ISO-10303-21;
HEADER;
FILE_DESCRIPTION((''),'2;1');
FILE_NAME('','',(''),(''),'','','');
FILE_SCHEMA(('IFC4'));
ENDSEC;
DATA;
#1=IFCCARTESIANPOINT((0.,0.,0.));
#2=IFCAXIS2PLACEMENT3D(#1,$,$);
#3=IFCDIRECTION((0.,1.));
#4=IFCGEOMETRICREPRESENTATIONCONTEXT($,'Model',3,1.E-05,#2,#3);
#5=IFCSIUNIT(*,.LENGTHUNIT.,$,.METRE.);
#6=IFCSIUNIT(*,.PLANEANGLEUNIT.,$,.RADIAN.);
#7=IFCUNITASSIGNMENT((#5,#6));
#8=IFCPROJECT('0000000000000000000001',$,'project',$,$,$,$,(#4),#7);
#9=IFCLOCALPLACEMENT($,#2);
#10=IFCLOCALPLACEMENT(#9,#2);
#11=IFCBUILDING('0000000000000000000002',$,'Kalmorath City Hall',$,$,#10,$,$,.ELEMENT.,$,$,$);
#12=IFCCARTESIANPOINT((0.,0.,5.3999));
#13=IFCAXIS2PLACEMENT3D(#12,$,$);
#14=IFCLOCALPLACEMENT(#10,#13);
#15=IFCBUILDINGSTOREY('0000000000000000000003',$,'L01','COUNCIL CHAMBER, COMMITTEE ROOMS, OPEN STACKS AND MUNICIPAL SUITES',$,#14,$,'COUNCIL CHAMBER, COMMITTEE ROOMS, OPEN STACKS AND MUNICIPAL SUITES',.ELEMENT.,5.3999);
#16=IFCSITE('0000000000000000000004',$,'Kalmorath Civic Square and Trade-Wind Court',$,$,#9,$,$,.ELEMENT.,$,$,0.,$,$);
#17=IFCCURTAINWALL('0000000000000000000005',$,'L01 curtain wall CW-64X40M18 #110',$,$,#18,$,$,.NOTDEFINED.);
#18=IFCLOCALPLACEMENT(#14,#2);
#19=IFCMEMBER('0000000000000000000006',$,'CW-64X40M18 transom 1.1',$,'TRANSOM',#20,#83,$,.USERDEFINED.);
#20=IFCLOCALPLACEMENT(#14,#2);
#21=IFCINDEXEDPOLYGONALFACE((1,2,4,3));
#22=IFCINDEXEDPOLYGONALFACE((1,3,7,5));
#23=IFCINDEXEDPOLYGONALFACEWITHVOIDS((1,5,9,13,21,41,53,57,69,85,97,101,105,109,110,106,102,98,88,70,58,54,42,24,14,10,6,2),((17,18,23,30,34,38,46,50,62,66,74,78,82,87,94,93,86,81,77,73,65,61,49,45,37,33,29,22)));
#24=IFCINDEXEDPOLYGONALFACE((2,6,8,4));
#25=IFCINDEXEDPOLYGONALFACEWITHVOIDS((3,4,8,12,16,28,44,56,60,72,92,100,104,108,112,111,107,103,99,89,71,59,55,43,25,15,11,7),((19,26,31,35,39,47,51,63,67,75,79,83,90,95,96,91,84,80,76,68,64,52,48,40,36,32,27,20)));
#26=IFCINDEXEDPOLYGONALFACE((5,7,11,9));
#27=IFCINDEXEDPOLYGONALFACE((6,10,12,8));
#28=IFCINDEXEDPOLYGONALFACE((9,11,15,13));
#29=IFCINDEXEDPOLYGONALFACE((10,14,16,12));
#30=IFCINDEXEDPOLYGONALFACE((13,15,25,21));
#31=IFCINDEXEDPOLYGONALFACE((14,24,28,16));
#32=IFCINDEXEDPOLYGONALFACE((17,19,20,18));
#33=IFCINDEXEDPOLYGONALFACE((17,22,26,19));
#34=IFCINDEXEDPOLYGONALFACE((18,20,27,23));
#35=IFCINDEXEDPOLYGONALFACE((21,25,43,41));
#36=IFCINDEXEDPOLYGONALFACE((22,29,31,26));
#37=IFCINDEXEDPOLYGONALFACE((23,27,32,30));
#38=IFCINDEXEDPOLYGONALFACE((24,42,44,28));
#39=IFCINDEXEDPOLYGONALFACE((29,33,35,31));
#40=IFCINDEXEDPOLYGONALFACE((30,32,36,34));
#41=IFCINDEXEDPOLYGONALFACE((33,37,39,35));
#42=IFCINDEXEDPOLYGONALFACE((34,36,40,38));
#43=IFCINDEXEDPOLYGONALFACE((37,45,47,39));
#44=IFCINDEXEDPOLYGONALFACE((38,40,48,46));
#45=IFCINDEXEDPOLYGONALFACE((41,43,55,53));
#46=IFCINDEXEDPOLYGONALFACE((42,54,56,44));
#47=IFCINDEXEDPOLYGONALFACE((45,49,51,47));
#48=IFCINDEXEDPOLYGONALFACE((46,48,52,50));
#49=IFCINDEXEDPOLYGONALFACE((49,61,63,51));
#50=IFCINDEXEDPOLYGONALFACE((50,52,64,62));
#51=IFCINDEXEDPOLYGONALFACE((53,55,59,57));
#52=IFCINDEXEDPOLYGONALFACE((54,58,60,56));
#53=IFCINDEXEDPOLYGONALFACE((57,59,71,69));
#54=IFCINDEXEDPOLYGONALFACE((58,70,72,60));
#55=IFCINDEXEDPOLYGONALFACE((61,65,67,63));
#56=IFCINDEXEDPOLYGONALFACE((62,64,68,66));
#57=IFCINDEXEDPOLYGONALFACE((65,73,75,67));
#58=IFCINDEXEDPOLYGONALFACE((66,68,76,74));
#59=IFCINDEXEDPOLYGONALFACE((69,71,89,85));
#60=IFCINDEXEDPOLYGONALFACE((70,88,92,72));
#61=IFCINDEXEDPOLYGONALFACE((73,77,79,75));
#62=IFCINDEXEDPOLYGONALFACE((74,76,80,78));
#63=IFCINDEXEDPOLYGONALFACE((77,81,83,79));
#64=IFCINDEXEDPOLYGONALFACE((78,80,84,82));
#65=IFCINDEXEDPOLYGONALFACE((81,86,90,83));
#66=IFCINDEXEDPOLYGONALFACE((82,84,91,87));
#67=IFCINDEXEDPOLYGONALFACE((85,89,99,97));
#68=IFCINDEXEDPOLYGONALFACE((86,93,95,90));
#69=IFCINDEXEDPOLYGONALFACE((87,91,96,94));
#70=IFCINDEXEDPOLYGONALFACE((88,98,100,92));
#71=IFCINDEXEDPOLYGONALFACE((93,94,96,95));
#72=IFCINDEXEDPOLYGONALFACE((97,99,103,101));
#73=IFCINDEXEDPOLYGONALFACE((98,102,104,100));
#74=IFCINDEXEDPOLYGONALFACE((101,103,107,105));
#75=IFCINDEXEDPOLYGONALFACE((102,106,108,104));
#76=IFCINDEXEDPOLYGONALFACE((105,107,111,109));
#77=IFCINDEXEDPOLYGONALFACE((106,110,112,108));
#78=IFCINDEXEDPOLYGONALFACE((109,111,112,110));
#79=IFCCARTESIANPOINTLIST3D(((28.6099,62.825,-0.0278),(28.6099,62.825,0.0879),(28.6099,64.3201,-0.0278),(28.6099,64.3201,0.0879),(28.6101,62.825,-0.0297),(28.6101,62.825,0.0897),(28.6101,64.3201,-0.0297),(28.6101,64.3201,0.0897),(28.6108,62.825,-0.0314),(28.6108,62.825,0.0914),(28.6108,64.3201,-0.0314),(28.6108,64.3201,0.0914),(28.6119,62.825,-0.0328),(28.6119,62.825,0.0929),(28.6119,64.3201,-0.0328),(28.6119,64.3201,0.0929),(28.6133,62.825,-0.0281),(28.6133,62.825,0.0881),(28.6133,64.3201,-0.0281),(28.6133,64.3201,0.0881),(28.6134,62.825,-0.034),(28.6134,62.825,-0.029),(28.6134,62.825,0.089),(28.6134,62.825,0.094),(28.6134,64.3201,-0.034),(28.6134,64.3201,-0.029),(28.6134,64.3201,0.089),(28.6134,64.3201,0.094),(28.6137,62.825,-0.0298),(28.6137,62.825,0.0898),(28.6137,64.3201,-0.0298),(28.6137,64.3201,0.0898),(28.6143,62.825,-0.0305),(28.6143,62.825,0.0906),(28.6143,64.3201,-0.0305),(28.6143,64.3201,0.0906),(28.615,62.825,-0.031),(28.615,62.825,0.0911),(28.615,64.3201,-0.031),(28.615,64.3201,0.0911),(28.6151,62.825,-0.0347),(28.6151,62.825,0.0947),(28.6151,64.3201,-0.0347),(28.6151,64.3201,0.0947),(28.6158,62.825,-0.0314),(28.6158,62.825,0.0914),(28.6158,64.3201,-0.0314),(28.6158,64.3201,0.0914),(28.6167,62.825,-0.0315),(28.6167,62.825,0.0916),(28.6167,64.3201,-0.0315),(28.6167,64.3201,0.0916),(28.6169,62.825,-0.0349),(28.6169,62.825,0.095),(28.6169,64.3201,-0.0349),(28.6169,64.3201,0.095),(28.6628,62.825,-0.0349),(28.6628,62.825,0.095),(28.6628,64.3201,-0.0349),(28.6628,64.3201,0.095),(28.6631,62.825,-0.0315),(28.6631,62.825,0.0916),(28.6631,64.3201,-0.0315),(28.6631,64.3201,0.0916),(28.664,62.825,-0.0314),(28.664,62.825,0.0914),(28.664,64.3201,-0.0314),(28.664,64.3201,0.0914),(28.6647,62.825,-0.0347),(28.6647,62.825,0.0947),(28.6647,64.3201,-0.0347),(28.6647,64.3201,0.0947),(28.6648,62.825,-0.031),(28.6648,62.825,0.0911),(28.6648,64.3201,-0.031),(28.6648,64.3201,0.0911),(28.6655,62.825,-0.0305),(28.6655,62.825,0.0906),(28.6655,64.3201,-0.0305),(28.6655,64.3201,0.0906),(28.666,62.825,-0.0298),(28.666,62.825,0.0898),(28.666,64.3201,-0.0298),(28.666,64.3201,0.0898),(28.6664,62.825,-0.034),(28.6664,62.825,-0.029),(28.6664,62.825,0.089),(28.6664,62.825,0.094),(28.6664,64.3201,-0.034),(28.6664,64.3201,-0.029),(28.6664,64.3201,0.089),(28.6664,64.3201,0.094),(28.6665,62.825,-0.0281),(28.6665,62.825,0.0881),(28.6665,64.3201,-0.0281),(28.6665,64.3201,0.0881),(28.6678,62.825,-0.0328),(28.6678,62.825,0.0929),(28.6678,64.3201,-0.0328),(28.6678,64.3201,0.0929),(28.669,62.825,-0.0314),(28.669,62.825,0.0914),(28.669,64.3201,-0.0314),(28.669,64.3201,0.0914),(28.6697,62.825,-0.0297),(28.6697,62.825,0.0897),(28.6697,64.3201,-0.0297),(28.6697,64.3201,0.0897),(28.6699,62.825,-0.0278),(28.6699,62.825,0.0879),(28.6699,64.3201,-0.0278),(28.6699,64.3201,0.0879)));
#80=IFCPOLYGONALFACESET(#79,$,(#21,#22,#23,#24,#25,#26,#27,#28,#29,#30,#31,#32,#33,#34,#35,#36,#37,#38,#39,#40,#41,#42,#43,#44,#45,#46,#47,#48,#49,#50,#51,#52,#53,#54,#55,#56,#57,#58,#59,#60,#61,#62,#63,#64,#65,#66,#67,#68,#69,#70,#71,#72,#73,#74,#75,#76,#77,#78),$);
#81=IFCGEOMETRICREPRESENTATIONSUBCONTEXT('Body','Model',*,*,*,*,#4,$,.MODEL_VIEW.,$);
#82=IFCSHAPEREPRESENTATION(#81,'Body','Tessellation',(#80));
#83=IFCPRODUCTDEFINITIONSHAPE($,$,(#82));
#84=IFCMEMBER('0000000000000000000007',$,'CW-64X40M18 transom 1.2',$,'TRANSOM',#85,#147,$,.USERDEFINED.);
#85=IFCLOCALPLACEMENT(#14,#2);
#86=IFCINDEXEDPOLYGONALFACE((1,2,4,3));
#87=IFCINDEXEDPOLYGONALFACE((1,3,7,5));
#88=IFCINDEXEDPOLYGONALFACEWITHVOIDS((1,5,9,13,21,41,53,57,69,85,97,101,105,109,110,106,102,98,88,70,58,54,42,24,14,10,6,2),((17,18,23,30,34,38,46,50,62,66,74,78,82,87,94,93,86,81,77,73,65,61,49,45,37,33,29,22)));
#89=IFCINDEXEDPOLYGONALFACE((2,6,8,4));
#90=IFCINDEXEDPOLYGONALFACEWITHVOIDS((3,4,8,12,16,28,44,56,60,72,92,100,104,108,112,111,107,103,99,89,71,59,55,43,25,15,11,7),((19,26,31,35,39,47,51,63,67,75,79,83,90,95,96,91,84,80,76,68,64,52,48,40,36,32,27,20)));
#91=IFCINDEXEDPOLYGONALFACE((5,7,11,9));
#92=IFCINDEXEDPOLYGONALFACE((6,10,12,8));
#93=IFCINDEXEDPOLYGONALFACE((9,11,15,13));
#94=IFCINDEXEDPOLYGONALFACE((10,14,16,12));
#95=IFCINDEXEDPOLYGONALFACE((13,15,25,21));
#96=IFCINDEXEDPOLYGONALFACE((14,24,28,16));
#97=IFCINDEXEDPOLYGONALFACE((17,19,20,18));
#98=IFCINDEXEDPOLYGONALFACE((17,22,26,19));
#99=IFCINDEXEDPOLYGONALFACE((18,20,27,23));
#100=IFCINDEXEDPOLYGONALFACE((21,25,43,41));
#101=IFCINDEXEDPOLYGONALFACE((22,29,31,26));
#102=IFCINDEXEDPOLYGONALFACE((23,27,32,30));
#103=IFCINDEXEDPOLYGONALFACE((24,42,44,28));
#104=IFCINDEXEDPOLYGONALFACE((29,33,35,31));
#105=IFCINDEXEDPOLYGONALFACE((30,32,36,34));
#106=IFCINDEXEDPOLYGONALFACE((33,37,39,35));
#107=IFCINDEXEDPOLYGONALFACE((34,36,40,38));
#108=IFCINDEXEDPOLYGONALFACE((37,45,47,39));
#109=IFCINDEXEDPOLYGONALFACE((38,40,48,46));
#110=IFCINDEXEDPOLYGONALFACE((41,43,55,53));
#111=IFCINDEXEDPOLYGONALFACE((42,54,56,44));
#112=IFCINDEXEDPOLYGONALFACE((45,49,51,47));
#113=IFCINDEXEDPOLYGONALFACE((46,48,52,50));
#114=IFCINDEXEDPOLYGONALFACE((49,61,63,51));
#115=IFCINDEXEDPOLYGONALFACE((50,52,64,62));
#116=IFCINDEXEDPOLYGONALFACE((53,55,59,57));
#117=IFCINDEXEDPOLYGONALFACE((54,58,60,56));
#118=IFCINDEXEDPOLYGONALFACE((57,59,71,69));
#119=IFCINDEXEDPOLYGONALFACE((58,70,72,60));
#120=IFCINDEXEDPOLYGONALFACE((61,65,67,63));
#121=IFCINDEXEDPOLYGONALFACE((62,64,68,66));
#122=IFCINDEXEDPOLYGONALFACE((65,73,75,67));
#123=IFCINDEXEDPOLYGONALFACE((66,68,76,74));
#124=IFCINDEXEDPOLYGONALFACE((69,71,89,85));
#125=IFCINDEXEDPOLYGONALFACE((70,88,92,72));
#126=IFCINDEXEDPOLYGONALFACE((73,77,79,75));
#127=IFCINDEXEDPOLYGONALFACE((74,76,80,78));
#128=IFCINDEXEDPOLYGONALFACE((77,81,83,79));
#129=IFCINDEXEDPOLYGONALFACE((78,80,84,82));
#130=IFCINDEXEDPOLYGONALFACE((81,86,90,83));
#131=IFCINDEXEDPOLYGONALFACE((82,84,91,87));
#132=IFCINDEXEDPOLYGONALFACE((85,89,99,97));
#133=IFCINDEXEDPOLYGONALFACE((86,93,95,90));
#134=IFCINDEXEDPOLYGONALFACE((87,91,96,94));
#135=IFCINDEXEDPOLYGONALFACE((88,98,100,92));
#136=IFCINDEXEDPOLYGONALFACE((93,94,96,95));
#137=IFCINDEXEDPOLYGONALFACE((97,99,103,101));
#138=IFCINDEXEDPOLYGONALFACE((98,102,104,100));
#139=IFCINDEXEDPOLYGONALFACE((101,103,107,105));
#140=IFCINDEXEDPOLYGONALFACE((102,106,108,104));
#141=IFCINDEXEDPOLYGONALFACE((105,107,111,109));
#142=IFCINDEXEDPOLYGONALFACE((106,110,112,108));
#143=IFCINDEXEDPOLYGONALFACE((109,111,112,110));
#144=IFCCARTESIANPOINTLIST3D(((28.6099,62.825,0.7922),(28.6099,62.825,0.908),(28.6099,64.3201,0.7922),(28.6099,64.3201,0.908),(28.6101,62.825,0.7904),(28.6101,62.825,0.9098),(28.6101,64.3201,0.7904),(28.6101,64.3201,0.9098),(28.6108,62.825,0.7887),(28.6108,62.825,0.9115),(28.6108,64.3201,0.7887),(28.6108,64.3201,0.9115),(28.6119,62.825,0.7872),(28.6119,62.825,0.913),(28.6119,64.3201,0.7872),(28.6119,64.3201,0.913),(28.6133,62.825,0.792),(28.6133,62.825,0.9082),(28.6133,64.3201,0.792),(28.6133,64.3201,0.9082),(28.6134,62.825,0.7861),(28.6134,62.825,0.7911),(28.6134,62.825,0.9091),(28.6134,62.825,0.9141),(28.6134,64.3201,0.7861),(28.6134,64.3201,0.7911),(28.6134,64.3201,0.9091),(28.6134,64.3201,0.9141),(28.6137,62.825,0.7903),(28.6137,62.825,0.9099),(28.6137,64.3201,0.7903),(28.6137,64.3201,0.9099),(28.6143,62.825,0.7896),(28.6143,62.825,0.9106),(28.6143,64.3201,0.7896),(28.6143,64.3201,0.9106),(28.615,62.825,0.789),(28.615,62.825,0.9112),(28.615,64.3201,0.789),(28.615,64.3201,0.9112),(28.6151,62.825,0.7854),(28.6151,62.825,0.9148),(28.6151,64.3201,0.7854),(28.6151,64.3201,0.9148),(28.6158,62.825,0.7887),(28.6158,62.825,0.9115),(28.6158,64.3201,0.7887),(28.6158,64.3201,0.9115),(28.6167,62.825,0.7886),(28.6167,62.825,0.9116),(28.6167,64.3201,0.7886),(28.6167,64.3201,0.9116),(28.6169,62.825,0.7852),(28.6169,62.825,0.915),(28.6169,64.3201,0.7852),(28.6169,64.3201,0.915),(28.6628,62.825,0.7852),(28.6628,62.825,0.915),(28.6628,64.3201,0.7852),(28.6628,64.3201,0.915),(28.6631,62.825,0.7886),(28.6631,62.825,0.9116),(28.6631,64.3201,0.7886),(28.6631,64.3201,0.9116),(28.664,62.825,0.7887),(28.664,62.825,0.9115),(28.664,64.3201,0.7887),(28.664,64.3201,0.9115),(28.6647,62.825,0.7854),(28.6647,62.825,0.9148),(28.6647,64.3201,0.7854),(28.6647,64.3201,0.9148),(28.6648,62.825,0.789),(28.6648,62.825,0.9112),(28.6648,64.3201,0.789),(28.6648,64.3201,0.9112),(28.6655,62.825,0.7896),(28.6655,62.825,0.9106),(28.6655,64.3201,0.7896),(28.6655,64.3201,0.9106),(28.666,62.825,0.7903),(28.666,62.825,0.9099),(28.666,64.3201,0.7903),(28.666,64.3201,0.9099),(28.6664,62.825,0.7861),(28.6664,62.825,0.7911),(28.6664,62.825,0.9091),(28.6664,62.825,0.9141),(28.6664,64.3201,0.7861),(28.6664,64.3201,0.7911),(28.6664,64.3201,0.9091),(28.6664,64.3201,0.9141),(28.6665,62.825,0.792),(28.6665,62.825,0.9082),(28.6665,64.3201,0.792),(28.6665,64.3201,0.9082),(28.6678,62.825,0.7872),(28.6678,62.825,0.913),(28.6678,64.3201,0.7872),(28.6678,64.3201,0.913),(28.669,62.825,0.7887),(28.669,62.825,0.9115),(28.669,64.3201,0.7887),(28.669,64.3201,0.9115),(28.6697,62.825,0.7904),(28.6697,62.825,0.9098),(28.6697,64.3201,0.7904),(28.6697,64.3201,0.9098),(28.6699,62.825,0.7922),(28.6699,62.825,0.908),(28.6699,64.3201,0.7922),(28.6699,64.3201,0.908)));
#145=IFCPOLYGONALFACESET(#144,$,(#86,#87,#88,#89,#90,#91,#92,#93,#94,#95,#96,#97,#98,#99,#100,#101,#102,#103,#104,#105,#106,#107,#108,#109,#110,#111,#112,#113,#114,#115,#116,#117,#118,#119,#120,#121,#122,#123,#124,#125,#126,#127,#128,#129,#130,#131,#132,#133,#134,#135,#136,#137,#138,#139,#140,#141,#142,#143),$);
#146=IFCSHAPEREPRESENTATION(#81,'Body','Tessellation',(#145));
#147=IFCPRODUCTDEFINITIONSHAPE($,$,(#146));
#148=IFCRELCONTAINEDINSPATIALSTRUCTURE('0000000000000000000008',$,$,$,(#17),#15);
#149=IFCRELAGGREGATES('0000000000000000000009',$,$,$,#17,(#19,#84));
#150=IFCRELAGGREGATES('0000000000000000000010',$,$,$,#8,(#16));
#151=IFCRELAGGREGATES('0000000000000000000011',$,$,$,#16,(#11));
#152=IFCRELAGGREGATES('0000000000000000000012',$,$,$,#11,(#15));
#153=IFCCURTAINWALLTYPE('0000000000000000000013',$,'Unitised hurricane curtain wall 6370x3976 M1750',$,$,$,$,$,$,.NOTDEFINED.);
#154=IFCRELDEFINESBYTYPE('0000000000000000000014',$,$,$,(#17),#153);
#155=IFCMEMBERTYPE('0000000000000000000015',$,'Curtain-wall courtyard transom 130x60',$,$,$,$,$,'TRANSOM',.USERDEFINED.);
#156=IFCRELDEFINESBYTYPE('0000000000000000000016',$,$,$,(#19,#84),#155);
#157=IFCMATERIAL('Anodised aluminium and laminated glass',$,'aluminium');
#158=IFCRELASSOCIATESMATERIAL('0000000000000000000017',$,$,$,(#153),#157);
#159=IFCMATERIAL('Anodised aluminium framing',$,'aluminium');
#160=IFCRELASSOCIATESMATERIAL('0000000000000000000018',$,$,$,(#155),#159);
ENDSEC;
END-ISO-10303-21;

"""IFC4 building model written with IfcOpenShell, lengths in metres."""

from ifc_helpers import new_model, si_unit, direction, frame, origin, origin_2d, place, context, subcontext, project, spatial, hollow_rectangle, extrude, material, material_profile, profile_set, type_object, element, aggregate, save


model = new_model("IFC4")

# Units and contexts
model_context = context("Model", 3, precision=1e-05, world=origin(), true_north=direction((0.0, 1.0)))
body_context = subcontext(model_context, "Body", "Model", "MODEL_VIEW")
ifc_project = project(units=[si_unit("LENGTHUNIT", "METRE"), si_unit("PLANEANGLEUNIT", "RADIAN")], contexts=[model_context])

# Site, building, storey
site_placement = place(None, origin())
site = spatial("IfcSite", under=ifc_project, at=site_placement, Name="Kalmorath Civic Square and Trade-Wind Court", CompositionType="ELEMENT", RefElevation=0.0)
building_placement = place(site_placement, origin())
building = spatial("IfcBuilding", under=site, at=building_placement, Name="Kalmorath City Hall", CompositionType="ELEMENT")
storey_placement = place(building_placement, frame((0.0, 0.0, 5.3999)))
storey = spatial("IfcBuildingStorey", under=building, at=storey_placement, Name="L01", Description="COUNCIL CHAMBER, COMMITTEE ROOMS, OPEN STACKS AND MUNICIPAL SUITES", LongName="COUNCIL CHAMBER, COMMITTEE ROOMS, OPEN STACKS AND MUNICIPAL SUITES", CompositionType="ELEMENT", Elevation=5.3999)

# Curtain wall, members
ifc_material_1 = material(Name="Anodised aluminium and laminated glass", Category="aluminium")
curtain_wall_type = type_object("IfcCurtainWallType", Name="Unitised hurricane curtain wall 6370x3976 M1750", PredefinedType="NOTDEFINED", material=ifc_material_1)
curtain_wall_placement = place(storey_placement, origin())
curtain_wall = element("IfcCurtainWall", 1, at=curtain_wall_placement, inside=storey, type_object=curtain_wall_type, Name="L01 curtain wall CW-64X40M18 #110", PredefinedType="NOTDEFINED")
ifc_material_2 = material(Name="Anodised aluminium framing", Category="aluminium")
ifc_material_profile_1 = material_profile(ifc_material_2, hollow_rectangle(XDim=0.0601, YDim=0.1299, WallThickness=0.0034, InnerFilletRadius=0.0034, OuterFilletRadius=0.0071, at=origin_2d()), Name="ALU-TRN-130X60X3.5")
ifc_profile_set_1 = profile_set([ifc_material_profile_1], Name="Anodised aluminium framing")
member_type_1 = type_object("IfcMemberType", Name="Curtain-wall courtyard transom 130x60", ElementType="TRANSOM", PredefinedType="USERDEFINED", material=ifc_profile_set_1)
member_1_placement = place(storey_placement, frame((28.6399, 64.3201, 0.03), z_axis=(0.0, -1.0, 0.0), x_axis=(1.0, 0.0, 0.0)))
member_1 = element("IfcMember", 2, at=member_1_placement, type_object=member_type_1, Name="CW-64X40M18 transom 1.1", ObjectType="TRANSOM", PredefinedType="USERDEFINED", context=body_context, shape_type="SweptSolid", body=[
    extrude(hollow_rectangle(XDim=0.0601, YDim=0.1299, WallThickness=0.0034, InnerFilletRadius=0.0034, OuterFilletRadius=0.0071, at=origin_2d()), origin(), (0.0, 0.0, 1.0), 1.4951),
])
member_2_placement = place(storey_placement, frame((28.6399, 64.3201, 0.8501), z_axis=(0.0, -1.0, 0.0), x_axis=(1.0, 0.0, 0.0)))
member_2 = element("IfcMember", 3, at=member_2_placement, type_object=member_type_1, Name="CW-64X40M18 transom 1.2", ObjectType="TRANSOM", PredefinedType="USERDEFINED", context=body_context, shape_type="SweptSolid", body=[
    extrude(hollow_rectangle(XDim=0.0601, YDim=0.1299, WallThickness=0.0034, InnerFilletRadius=0.0034, OuterFilletRadius=0.0071, at=origin_2d()), origin(), (0.0, 0.0, 1.0), 1.4951),
])

aggregate(curtain_wall, [member_1, member_2])

save(model, "model.ifc")
